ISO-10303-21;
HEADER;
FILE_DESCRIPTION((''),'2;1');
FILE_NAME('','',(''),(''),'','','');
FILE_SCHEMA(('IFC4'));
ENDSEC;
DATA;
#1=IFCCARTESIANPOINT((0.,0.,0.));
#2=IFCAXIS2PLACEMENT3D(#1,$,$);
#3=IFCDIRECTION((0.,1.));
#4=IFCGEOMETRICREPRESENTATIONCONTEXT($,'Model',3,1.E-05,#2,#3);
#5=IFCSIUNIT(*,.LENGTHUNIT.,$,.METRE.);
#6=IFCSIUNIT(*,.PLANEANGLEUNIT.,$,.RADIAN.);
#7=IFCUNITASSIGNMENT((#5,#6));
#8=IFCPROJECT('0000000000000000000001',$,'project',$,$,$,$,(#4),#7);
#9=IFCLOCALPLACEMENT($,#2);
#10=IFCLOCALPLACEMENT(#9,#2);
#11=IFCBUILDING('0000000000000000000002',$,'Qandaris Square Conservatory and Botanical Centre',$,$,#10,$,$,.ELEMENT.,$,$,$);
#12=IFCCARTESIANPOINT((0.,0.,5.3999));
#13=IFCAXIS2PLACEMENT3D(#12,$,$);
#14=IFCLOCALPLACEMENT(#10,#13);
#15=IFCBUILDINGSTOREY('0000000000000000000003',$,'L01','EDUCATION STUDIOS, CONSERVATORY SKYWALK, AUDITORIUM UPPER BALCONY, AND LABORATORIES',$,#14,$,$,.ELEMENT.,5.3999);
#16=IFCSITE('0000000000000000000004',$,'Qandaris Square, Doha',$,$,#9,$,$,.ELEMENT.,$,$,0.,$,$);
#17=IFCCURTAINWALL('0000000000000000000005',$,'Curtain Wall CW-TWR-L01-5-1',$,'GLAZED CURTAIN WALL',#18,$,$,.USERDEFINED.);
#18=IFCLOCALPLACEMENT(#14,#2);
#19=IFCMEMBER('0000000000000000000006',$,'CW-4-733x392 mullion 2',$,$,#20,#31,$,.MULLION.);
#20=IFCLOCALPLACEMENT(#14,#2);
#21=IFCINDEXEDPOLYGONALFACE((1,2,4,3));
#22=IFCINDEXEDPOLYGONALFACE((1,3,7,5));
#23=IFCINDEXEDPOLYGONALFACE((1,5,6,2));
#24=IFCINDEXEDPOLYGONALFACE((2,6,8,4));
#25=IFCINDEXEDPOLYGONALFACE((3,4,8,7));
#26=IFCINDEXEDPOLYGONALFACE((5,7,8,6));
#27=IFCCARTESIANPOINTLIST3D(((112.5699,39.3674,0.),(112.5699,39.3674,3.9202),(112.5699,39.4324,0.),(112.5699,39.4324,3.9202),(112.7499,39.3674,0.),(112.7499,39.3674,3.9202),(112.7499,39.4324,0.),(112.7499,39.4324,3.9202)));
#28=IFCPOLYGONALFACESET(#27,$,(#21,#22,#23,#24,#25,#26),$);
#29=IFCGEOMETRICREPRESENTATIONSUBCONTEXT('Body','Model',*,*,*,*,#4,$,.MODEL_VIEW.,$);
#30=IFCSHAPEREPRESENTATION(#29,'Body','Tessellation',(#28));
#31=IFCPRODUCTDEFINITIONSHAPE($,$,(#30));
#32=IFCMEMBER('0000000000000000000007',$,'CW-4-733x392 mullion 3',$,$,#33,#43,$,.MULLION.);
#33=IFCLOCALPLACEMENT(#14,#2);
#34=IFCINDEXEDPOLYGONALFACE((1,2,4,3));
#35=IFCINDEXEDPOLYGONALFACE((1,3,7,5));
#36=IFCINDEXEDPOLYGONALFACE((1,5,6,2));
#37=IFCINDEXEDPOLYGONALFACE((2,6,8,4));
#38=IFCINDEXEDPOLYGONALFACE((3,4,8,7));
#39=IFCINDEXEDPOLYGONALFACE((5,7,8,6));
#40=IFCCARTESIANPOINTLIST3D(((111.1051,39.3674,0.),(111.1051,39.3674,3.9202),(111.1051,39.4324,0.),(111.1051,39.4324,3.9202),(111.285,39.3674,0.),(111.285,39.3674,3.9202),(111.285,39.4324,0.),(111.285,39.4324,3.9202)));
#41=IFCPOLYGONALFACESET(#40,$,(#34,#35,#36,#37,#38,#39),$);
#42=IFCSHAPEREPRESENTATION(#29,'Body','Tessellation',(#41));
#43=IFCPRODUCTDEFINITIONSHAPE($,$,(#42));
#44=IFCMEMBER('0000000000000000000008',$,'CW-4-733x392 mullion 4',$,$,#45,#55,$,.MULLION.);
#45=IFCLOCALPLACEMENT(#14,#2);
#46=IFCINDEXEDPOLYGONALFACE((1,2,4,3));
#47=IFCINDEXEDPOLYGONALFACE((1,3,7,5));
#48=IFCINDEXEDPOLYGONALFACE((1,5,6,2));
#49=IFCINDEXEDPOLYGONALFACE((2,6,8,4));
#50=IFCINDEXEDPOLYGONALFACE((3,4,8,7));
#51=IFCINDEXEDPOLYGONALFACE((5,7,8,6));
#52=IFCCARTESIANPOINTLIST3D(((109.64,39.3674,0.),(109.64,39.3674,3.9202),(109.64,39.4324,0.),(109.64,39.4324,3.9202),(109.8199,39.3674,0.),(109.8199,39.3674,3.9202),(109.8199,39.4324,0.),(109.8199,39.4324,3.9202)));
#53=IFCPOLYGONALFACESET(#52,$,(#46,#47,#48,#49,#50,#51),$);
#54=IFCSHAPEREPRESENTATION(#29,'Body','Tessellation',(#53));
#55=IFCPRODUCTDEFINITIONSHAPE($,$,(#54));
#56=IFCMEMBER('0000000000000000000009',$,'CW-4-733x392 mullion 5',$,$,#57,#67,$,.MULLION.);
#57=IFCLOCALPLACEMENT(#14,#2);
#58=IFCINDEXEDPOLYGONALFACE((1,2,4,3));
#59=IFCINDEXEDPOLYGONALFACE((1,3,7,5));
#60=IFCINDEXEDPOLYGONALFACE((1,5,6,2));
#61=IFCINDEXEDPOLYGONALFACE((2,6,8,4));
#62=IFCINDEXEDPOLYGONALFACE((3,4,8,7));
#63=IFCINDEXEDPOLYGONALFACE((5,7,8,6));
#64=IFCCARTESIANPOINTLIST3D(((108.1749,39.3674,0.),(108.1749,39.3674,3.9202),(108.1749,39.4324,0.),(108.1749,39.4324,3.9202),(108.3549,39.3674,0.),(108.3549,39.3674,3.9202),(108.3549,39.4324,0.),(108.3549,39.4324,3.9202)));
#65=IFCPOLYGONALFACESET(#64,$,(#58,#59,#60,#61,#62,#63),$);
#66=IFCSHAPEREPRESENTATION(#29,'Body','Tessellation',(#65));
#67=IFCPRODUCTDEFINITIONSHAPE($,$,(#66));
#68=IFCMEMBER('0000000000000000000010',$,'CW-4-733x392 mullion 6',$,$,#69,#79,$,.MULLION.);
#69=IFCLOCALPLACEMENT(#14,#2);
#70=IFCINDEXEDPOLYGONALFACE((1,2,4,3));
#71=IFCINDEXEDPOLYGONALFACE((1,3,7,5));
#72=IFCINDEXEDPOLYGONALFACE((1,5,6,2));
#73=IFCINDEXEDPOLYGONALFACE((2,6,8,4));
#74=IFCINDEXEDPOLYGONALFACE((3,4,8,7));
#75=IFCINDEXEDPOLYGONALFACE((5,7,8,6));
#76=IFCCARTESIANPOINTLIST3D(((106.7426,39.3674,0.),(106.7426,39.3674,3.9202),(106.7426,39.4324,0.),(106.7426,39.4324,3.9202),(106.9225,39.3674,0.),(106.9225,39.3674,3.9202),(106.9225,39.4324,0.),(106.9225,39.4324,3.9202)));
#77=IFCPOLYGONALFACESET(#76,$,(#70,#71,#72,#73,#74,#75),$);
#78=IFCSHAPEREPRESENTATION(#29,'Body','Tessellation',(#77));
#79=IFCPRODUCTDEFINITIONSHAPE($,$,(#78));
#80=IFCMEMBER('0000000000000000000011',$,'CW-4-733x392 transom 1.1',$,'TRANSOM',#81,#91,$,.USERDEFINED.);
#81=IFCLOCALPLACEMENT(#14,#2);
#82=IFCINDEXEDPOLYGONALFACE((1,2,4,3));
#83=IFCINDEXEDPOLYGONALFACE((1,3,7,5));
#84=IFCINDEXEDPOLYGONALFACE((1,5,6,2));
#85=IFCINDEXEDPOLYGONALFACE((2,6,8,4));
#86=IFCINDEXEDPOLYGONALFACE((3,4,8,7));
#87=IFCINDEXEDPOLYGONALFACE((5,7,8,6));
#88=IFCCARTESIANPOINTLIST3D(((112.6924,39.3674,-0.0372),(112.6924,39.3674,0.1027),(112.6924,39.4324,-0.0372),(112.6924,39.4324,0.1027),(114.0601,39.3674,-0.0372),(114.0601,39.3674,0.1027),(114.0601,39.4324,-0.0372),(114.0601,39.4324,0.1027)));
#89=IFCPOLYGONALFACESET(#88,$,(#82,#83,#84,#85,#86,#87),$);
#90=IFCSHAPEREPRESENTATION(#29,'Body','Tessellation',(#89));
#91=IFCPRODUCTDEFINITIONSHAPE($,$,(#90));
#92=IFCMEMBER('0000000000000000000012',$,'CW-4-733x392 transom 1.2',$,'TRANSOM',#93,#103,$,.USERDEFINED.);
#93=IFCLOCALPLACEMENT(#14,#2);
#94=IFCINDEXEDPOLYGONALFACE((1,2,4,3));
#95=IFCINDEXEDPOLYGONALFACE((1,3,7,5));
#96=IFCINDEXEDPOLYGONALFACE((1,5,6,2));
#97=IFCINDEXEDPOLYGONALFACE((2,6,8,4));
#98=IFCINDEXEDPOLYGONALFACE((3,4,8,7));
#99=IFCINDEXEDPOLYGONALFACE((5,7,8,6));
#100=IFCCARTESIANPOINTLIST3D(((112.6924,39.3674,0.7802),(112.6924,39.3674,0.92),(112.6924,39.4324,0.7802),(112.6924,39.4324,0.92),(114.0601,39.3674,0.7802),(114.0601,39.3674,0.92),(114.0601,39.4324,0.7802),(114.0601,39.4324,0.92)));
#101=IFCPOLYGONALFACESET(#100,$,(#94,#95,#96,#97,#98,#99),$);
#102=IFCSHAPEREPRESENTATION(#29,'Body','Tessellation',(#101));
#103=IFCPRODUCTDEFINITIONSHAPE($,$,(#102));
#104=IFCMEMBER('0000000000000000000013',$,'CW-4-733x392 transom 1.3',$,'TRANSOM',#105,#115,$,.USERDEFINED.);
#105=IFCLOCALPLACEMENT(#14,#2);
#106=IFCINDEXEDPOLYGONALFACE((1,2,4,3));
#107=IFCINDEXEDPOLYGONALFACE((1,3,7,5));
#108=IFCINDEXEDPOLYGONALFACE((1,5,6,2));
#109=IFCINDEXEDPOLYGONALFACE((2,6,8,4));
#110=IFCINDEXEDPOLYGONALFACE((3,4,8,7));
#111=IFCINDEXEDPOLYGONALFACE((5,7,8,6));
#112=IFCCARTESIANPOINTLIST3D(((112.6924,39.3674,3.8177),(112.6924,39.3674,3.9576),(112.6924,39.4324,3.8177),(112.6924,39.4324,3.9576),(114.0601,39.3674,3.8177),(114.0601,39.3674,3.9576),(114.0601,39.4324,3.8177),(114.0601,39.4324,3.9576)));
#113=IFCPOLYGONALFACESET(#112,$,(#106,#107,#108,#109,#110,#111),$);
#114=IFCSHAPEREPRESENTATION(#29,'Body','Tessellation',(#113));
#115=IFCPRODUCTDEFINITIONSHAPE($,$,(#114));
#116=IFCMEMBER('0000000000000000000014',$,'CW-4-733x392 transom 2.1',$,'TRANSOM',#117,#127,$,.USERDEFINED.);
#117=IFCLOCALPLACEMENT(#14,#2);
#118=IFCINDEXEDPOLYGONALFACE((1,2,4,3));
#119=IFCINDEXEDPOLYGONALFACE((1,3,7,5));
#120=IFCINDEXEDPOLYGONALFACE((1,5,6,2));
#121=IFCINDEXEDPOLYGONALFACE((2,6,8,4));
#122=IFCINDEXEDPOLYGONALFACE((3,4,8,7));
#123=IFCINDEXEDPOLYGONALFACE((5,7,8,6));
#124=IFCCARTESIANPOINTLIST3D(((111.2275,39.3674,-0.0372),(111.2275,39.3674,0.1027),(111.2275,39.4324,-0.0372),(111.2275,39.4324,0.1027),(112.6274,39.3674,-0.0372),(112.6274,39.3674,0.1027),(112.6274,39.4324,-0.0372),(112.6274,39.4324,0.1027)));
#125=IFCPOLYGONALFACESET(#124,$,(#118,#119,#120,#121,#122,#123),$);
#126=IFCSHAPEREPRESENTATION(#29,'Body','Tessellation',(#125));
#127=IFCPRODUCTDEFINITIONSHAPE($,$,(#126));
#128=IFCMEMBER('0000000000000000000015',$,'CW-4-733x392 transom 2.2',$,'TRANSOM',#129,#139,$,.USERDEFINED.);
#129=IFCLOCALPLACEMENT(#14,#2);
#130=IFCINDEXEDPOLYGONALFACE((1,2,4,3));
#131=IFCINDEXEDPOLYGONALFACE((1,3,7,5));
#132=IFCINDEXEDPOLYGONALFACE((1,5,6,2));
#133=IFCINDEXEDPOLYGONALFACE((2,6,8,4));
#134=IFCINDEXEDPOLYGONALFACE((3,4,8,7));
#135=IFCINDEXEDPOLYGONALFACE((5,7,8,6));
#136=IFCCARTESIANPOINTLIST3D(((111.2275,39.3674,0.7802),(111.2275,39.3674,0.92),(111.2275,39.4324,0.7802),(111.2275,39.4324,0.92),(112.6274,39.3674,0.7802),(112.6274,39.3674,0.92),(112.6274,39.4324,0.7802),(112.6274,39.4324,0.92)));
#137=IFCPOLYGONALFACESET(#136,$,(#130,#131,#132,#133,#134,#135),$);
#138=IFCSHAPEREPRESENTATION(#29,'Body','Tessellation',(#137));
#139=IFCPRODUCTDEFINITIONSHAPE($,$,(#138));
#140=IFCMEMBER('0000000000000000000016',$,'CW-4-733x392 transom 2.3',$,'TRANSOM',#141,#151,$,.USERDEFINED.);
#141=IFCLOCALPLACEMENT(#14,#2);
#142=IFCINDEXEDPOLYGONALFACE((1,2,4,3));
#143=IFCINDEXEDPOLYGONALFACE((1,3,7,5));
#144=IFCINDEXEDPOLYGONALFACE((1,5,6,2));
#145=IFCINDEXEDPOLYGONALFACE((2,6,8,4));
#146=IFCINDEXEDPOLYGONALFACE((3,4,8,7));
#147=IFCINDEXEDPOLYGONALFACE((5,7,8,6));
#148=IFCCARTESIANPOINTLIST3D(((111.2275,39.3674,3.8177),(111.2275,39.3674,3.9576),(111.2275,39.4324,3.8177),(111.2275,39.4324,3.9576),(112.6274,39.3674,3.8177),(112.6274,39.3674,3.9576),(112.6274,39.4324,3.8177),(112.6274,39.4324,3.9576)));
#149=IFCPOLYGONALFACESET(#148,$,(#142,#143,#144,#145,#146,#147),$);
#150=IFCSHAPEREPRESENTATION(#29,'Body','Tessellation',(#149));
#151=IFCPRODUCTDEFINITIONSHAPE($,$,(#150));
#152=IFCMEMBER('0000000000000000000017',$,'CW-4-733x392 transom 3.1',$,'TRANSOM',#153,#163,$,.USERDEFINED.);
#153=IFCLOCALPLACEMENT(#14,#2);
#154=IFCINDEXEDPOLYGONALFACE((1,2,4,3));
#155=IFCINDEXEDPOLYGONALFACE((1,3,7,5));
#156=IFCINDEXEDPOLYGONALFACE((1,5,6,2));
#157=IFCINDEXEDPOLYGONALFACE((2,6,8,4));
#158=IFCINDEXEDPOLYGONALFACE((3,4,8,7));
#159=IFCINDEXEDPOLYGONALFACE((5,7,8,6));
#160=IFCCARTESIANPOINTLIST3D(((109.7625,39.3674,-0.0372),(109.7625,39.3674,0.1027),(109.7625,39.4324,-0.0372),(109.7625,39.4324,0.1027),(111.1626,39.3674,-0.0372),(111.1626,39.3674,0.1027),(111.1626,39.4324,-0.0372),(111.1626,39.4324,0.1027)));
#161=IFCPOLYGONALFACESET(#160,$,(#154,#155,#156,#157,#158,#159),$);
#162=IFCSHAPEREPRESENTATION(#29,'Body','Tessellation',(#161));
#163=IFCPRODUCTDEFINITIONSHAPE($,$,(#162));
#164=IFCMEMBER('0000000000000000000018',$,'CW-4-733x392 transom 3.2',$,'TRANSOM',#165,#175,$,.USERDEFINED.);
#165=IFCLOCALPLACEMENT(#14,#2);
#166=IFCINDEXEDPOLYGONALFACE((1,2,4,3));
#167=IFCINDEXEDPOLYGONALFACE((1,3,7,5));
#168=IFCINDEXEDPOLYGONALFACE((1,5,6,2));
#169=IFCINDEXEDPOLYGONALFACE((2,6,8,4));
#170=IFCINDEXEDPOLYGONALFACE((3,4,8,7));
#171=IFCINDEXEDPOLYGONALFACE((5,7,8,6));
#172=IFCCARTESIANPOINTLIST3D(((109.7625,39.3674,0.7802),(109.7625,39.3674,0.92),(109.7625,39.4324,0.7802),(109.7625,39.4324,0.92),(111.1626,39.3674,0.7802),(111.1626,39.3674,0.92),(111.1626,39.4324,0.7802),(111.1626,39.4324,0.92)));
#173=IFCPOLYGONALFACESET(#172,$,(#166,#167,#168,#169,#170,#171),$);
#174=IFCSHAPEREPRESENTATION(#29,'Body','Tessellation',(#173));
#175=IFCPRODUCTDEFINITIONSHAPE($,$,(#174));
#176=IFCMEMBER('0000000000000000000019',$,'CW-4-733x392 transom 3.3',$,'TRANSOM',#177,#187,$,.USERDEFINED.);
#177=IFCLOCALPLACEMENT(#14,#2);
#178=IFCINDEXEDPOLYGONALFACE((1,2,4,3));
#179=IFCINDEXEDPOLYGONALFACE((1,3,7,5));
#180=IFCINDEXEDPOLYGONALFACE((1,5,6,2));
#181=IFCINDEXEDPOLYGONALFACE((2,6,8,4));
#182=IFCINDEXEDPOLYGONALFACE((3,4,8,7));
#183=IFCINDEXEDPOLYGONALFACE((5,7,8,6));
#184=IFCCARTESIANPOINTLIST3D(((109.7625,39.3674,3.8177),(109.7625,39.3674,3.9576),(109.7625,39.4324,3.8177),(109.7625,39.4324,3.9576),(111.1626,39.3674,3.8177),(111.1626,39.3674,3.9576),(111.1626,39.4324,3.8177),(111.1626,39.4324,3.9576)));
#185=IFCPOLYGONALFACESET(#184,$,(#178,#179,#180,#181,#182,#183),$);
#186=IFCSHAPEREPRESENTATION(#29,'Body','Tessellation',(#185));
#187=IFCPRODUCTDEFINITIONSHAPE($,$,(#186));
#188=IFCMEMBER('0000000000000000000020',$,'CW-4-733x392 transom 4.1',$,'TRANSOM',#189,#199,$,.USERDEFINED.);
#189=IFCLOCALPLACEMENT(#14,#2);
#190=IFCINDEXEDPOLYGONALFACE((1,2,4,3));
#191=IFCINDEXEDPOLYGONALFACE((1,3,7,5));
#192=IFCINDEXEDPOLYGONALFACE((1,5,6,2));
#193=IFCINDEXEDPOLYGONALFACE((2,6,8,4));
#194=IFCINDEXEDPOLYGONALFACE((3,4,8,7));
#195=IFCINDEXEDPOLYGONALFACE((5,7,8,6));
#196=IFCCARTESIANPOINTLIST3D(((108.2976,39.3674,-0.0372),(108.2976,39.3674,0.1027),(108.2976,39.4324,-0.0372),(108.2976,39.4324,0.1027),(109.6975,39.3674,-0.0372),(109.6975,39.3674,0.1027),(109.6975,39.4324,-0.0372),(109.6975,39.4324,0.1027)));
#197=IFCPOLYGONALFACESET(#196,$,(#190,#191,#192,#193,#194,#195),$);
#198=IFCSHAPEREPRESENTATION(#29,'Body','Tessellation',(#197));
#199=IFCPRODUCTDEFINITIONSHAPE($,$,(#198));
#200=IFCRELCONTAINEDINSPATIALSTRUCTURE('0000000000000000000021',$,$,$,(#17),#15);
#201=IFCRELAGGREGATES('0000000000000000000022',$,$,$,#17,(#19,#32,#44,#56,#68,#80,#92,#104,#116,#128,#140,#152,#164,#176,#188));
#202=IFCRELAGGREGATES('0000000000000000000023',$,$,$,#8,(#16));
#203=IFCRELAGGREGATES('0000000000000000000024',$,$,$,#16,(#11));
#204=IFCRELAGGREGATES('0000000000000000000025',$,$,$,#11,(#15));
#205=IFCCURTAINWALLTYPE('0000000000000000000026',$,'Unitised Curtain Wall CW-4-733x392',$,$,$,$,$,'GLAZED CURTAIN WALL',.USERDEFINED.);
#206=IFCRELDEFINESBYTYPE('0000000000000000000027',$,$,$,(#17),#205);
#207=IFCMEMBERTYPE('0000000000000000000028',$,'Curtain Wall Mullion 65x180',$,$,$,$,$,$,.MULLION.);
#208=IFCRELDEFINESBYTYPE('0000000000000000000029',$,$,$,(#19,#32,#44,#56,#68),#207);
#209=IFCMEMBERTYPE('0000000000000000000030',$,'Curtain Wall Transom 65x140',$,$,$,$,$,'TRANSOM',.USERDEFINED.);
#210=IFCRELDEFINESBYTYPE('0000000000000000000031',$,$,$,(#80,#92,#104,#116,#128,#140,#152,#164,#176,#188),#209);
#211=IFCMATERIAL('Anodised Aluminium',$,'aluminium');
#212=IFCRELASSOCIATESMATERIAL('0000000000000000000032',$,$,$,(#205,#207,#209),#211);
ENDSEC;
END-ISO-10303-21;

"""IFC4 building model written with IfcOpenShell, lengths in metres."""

from ifc_helpers import new_model, si_unit, direction, frame, origin, origin_2d, place, context, subcontext, project, spatial, rectangle, extrude, material, material_profile, profile_set, type_object, element, aggregate, save


model = new_model("IFC4")

# Units and contexts
model_context = context("Model", 3, precision=1e-05, world=origin(), true_north=direction((0.0, 1.0)))
body_context = subcontext(model_context, "Body", "Model", "MODEL_VIEW")
ifc_project = project(units=[si_unit("LENGTHUNIT", "METRE"), si_unit("PLANEANGLEUNIT", "RADIAN")], contexts=[model_context])

# Site, building, storey
site_placement = place(None, origin())
site = spatial("IfcSite", under=ifc_project, at=site_placement, Name="Qandaris Square, Doha", CompositionType="ELEMENT", RefElevation=0.0)
building_placement = place(site_placement, origin())
building = spatial("IfcBuilding", under=site, at=building_placement, Name="Qandaris Square Conservatory and Botanical Centre", CompositionType="ELEMENT")
storey_placement = place(building_placement, frame((0.0, 0.0, 5.3999)))
storey = spatial("IfcBuildingStorey", under=building, at=storey_placement, Name="L01", Description="EDUCATION STUDIOS, CONSERVATORY SKYWALK, AUDITORIUM UPPER BALCONY, AND LABORATORIES", CompositionType="ELEMENT", Elevation=5.3999)

# Curtain wall, members
ifc_material_1 = material(Name="Anodised Aluminium", Category="aluminium")
curtain_wall_type = type_object("IfcCurtainWallType", Name="Unitised Curtain Wall CW-4-733x392", ElementType="GLAZED CURTAIN WALL", PredefinedType="USERDEFINED", material=ifc_material_1)
curtain_wall_placement = place(storey_placement, origin())
curtain_wall = element("IfcCurtainWall", 1, at=curtain_wall_placement, inside=storey, type_object=curtain_wall_type, Name="Curtain Wall CW-TWR-L01-5-1", ObjectType="GLAZED CURTAIN WALL", PredefinedType="USERDEFINED")
ifc_material_profile_1 = material_profile(ifc_material_1, rectangle(XDim=0.0649, YDim=0.1799, at=origin_2d()), Name="ALU-MUL 65x180")
ifc_profile_set_1 = profile_set([ifc_material_profile_1], Name="Anodised Aluminium")
member_type_1 = type_object("IfcMemberType", Name="Curtain Wall Mullion 65x180", PredefinedType="MULLION", material=ifc_profile_set_1)
member_1_placement = place(storey_placement, frame((112.6599, 39.3999, 0.0), z_axis=(0.0, 0.0, 1.0), x_axis=(0.0, -1.0, 0.0)))
member_1 = element("IfcMember", 2, at=member_1_placement, type_object=member_type_1, Name="CW-4-733x392 mullion 2", PredefinedType="MULLION", context=body_context, shape_type="SweptSolid", body=[
    extrude(rectangle(XDim=0.0649, YDim=0.1799, at=origin_2d()), origin(), (0.0, 0.0, 1.0), 3.9202),
])
member_2_placement = place(storey_placement, frame((111.1951, 39.3999, 0.0), z_axis=(0.0, 0.0, 1.0), x_axis=(0.0, -1.0, 0.0)))
member_2 = element("IfcMember", 3, at=member_2_placement, type_object=member_type_1, Name="CW-4-733x392 mullion 3", PredefinedType="MULLION", context=body_context, shape_type="SweptSolid", body=[
    extrude(rectangle(XDim=0.0649, YDim=0.1799, at=origin_2d()), origin(), (0.0, 0.0, 1.0), 3.9202),
])
member_3_placement = place(storey_placement, frame((109.73, 39.3999, 0.0), z_axis=(0.0, 0.0, 1.0), x_axis=(0.0, -1.0, 0.0)))
member_3 = element("IfcMember", 4, at=member_3_placement, type_object=member_type_1, Name="CW-4-733x392 mullion 4", PredefinedType="MULLION", context=body_context, shape_type="SweptSolid", body=[
    extrude(rectangle(XDim=0.0649, YDim=0.1799, at=origin_2d()), origin(), (0.0, 0.0, 1.0), 3.9202),
])
member_4_placement = place(storey_placement, frame((108.2649, 39.3999, 0.0), z_axis=(0.0, 0.0, 1.0), x_axis=(0.0, -1.0, 0.0)))
member_4 = element("IfcMember", 5, at=member_4_placement, type_object=member_type_1, Name="CW-4-733x392 mullion 5", PredefinedType="MULLION", context=body_context, shape_type="SweptSolid", body=[
    extrude(rectangle(XDim=0.0649, YDim=0.1799, at=origin_2d()), origin(), (0.0, 0.0, 1.0), 3.9202),
])
member_5_placement = place(storey_placement, frame((106.8325, 39.3999, 0.0), z_axis=(0.0, 0.0, 1.0), x_axis=(0.0, -1.0, 0.0)))
member_5 = element("IfcMember", 6, at=member_5_placement, type_object=member_type_1, Name="CW-4-733x392 mullion 6", PredefinedType="MULLION", context=body_context, shape_type="SweptSolid", body=[
    extrude(rectangle(XDim=0.0649, YDim=0.1799, at=origin_2d()), origin(), (0.0, 0.0, 1.0), 3.9202),
])
ifc_material_profile_2 = material_profile(ifc_material_1, rectangle(XDim=0.0649, YDim=0.1399, at=origin_2d()), Name="ALU-TRN 65x140")
ifc_profile_set_2 = profile_set([ifc_material_profile_2], Name="Anodised Aluminium")
member_type_2 = type_object("IfcMemberType", Name="Curtain Wall Transom 65x140", ElementType="TRANSOM", PredefinedType="USERDEFINED", material=ifc_profile_set_2)
member_6_placement = place(storey_placement, frame((114.0601, 39.3999, 0.0327), z_axis=(-1.0, 0.0, 0.0), x_axis=(0.0, -1.0, 0.0)))
member_6 = element("IfcMember", 7, at=member_6_placement, type_object=member_type_2, Name="CW-4-733x392 transom 1.1", ObjectType="TRANSOM", PredefinedType="USERDEFINED", context=body_context, shape_type="SweptSolid", body=[
    extrude(rectangle(XDim=0.0649, YDim=0.1399, at=origin_2d()), origin(), (0.0, 0.0, 1.0), 1.3677),
])
member_7_placement = place(storey_placement, frame((114.0601, 39.3999, 0.8501), z_axis=(-1.0, 0.0, 0.0), x_axis=(0.0, -1.0, 0.0)))
member_7 = element("IfcMember", 8, at=member_7_placement, type_object=member_type_2, Name="CW-4-733x392 transom 1.2", ObjectType="TRANSOM", PredefinedType="USERDEFINED", context=body_context, shape_type="SweptSolid", body=[
    extrude(rectangle(XDim=0.0649, YDim=0.1399, at=origin_2d()), origin(), (0.0, 0.0, 1.0), 1.3677),
])
member_8_placement = place(storey_placement, frame((114.0601, 39.3999, 3.8877), z_axis=(-1.0, 0.0, 0.0), x_axis=(0.0, -1.0, 0.0)))
member_8 = element("IfcMember", 9, at=member_8_placement, type_object=member_type_2, Name="CW-4-733x392 transom 1.3", ObjectType="TRANSOM", PredefinedType="USERDEFINED", context=body_context, shape_type="SweptSolid", body=[
    extrude(rectangle(XDim=0.0649, YDim=0.1399, at=origin_2d()), origin(), (0.0, 0.0, 1.0), 1.3677),
])
member_9_placement = place(storey_placement, frame((112.6274, 39.3999, 0.0327), z_axis=(-1.0, 0.0, 0.0), x_axis=(0.0, -1.0, 0.0)))
member_9 = element("IfcMember", 10, at=member_9_placement, type_object=member_type_2, Name="CW-4-733x392 transom 2.1", ObjectType="TRANSOM", PredefinedType="USERDEFINED", context=body_context, shape_type="SweptSolid", body=[
    extrude(rectangle(XDim=0.0649, YDim=0.1399, at=origin_2d()), origin(), (0.0, 0.0, 1.0), 1.3999),
])
member_10_placement = place(storey_placement, frame((112.6274, 39.3999, 0.8501), z_axis=(-1.0, 0.0, 0.0), x_axis=(0.0, -1.0, 0.0)))
member_10 = element("IfcMember", 11, at=member_10_placement, type_object=member_type_2, Name="CW-4-733x392 transom 2.2", ObjectType="TRANSOM", PredefinedType="USERDEFINED", context=body_context, shape_type="SweptSolid", body=[
    extrude(rectangle(XDim=0.0649, YDim=0.1399, at=origin_2d()), origin(), (0.0, 0.0, 1.0), 1.3999),
])
member_11_placement = place(storey_placement, frame((112.6274, 39.3999, 3.8877), z_axis=(-1.0, 0.0, 0.0), x_axis=(0.0, -1.0, 0.0)))
member_11 = element("IfcMember", 12, at=member_11_placement, type_object=member_type_2, Name="CW-4-733x392 transom 2.3", ObjectType="TRANSOM", PredefinedType="USERDEFINED", context=body_context, shape_type="SweptSolid", body=[
    extrude(rectangle(XDim=0.0649, YDim=0.1399, at=origin_2d()), origin(), (0.0, 0.0, 1.0), 1.3999),
])
member_12_placement = place(storey_placement, frame((111.1626, 39.3999, 0.0327), z_axis=(-1.0, 0.0, 0.0), x_axis=(0.0, -1.0, 0.0)))
member_12 = element("IfcMember", 13, at=member_12_placement, type_object=member_type_2, Name="CW-4-733x392 transom 3.1", ObjectType="TRANSOM", PredefinedType="USERDEFINED", context=body_context, shape_type="SweptSolid", body=[
    extrude(rectangle(XDim=0.0649, YDim=0.1399, at=origin_2d()), origin(), (0.0, 0.0, 1.0), 1.4001),
])
member_13_placement = place(storey_placement, frame((111.1626, 39.3999, 0.8501), z_axis=(-1.0, 0.0, 0.0), x_axis=(0.0, -1.0, 0.0)))
member_13 = element("IfcMember", 14, at=member_13_placement, type_object=member_type_2, Name="CW-4-733x392 transom 3.2", ObjectType="TRANSOM", PredefinedType="USERDEFINED", context=body_context, shape_type="SweptSolid", body=[
    extrude(rectangle(XDim=0.0649, YDim=0.1399, at=origin_2d()), origin(), (0.0, 0.0, 1.0), 1.4001),
])
member_14_placement = place(storey_placement, frame((111.1626, 39.3999, 3.8877), z_axis=(-1.0, 0.0, 0.0), x_axis=(0.0, -1.0, 0.0)))
member_14 = element("IfcMember", 15, at=member_14_placement, type_object=member_type_2, Name="CW-4-733x392 transom 3.3", ObjectType="TRANSOM", PredefinedType="USERDEFINED", context=body_context, shape_type="SweptSolid", body=[
    extrude(rectangle(XDim=0.0649, YDim=0.1399, at=origin_2d()), origin(), (0.0, 0.0, 1.0), 1.4001),
])
member_15_placement = place(storey_placement, frame((109.6975, 39.3999, 0.0327), z_axis=(-1.0, 0.0, 0.0), x_axis=(0.0, -1.0, 0.0)))
member_15 = element("IfcMember", 16, at=member_15_placement, type_object=member_type_2, Name="CW-4-733x392 transom 4.1", ObjectType="TRANSOM", PredefinedType="USERDEFINED", context=body_context, shape_type="SweptSolid", body=[
    extrude(rectangle(XDim=0.0649, YDim=0.1399, at=origin_2d()), origin(), (0.0, 0.0, 1.0), 1.3999),
])
aggregate(curtain_wall, [member_1, member_2, member_3, member_4, member_5, member_6, member_7, member_8, member_9, member_10, member_11, member_12, member_13, member_14, member_15])

save(model, "model.ifc")
